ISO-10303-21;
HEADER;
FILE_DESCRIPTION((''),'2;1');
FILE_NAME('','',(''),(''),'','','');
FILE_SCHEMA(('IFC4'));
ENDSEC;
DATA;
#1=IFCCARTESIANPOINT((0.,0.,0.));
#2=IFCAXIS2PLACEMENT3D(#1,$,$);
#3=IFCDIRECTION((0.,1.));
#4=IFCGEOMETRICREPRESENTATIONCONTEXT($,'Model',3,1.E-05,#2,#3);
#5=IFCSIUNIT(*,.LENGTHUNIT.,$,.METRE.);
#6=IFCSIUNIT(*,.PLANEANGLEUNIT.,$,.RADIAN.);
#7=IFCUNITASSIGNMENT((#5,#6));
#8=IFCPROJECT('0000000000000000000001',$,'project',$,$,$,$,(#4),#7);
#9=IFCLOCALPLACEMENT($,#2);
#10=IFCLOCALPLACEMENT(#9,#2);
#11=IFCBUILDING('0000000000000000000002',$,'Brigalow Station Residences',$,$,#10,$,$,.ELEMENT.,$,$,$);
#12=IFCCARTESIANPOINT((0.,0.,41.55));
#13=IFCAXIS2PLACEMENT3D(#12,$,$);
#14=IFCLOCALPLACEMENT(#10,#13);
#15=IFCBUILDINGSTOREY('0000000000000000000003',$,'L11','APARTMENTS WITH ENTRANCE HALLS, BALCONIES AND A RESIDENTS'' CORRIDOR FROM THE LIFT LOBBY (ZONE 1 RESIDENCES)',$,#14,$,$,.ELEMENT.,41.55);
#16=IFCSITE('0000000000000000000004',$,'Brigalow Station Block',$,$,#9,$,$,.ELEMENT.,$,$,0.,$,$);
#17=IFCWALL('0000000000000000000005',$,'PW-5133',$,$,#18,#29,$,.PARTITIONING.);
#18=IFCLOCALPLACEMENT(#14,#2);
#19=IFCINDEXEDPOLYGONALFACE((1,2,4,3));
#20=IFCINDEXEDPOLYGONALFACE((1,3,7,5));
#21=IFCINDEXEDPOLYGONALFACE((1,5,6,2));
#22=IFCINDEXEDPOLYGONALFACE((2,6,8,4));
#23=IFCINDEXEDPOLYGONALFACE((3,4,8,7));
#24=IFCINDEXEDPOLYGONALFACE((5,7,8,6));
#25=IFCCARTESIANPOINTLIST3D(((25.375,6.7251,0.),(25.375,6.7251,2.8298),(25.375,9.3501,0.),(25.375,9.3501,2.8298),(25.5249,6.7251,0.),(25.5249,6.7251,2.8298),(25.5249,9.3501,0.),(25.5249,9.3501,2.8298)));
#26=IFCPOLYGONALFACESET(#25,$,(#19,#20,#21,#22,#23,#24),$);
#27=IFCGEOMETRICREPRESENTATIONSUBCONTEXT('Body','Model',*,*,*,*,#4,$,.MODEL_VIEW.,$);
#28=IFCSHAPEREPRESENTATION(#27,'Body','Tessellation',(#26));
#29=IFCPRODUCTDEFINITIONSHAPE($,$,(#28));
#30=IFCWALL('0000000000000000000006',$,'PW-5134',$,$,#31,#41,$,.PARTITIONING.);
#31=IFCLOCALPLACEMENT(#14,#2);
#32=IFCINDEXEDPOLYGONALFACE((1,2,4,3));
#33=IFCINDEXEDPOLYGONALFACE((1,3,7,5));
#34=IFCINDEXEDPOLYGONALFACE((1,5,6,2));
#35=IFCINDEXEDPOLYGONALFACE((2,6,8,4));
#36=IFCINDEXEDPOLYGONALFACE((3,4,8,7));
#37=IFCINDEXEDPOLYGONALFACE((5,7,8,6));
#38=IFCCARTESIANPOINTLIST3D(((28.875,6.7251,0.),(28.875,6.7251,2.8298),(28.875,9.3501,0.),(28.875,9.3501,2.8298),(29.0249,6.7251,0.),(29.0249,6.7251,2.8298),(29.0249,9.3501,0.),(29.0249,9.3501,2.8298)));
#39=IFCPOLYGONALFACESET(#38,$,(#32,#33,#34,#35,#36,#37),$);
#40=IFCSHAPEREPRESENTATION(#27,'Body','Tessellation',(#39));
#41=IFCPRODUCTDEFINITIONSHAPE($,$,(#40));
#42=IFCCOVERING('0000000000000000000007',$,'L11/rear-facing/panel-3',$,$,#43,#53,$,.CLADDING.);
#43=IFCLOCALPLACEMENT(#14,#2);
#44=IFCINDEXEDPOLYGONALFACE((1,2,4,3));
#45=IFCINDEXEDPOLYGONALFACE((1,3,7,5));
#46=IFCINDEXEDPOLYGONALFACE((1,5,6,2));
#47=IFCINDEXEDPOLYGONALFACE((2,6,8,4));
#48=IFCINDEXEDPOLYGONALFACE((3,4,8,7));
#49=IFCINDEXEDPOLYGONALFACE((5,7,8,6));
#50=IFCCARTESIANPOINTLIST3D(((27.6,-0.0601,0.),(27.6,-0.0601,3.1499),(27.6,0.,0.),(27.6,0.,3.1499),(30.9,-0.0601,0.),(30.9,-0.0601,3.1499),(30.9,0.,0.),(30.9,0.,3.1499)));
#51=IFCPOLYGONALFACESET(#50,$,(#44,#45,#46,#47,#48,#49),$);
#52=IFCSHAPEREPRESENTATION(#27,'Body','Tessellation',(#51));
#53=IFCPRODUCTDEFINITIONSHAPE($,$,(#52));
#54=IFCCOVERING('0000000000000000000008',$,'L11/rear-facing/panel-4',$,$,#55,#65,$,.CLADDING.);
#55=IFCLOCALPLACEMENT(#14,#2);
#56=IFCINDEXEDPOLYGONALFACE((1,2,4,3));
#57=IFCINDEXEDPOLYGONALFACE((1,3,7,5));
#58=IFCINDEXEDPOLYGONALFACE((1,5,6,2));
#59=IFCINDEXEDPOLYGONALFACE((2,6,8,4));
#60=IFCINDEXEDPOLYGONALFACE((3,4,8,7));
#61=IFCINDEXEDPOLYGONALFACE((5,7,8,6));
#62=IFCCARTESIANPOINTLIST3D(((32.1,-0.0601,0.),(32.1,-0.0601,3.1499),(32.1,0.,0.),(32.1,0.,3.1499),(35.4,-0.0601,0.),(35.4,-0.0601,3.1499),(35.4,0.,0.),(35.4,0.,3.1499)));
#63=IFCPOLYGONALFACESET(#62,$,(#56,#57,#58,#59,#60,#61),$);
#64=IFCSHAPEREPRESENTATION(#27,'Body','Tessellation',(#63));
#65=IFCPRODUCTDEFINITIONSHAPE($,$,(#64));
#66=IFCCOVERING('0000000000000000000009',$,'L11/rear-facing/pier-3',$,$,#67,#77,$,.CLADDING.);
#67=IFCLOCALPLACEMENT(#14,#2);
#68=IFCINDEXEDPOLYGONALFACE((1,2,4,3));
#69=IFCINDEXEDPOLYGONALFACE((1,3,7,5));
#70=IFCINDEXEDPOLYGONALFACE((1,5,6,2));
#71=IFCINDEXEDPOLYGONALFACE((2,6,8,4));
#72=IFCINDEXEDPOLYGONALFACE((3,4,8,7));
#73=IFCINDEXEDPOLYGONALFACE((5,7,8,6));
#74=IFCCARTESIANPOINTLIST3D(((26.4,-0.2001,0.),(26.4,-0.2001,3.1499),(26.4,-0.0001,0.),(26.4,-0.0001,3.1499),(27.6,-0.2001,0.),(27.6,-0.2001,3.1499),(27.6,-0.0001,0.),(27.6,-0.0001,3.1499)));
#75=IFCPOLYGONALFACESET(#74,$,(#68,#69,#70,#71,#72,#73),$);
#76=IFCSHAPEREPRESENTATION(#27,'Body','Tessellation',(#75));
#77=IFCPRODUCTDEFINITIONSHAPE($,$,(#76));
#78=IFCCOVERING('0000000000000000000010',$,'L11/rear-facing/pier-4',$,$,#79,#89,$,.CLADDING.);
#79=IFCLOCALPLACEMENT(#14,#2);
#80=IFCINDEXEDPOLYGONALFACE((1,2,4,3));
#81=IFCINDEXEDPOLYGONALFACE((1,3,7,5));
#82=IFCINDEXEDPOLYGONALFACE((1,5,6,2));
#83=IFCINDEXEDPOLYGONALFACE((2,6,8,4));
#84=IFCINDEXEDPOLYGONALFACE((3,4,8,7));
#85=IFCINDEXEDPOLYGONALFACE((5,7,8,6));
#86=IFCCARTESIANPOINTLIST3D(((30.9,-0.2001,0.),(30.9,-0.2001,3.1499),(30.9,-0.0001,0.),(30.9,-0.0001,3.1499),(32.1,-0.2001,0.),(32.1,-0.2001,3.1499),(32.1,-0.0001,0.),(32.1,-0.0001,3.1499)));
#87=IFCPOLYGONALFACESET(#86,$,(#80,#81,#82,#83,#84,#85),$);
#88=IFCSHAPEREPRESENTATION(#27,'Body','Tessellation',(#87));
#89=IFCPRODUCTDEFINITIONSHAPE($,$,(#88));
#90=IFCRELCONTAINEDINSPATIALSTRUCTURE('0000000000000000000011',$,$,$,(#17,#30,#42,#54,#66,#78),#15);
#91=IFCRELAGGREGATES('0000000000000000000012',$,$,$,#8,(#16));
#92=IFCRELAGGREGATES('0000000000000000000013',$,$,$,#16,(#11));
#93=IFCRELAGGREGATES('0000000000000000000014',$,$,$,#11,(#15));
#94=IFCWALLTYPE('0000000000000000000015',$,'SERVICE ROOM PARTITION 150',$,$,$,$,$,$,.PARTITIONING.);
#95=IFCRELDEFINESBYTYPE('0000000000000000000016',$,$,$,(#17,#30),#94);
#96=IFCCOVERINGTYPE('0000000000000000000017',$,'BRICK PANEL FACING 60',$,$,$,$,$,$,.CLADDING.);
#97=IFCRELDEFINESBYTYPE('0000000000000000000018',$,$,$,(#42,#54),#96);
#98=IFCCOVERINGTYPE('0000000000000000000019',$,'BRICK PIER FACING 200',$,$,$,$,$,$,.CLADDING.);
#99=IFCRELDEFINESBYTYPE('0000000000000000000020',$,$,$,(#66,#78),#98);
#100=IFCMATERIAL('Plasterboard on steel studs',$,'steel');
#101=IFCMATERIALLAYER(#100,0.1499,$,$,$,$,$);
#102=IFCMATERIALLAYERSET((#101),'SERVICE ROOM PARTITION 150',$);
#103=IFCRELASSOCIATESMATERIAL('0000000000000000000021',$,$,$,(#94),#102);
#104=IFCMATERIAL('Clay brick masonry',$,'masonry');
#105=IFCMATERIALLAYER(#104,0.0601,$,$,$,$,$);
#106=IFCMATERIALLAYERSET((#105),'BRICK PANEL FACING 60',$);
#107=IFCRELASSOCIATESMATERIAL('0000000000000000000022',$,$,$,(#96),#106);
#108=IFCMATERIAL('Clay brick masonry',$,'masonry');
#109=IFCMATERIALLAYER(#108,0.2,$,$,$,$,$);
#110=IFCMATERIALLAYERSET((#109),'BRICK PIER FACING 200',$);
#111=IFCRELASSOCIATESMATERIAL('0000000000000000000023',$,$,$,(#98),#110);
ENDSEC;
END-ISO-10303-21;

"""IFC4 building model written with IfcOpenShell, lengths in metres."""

from ifc_helpers import new_model, si_unit, direction, frame, frame_2d, origin, origin_2d, place, context, subcontext, project, spatial, rectangle, extrude, material, layer, layer_set, type_object, element, save


model = new_model("IFC4")

# Units and contexts
model_context = context("Model", 3, precision=1e-05, world=origin(), true_north=direction((0.0, 1.0)))
body_context = subcontext(model_context, "Body", "Model", "MODEL_VIEW")
ifc_project = project(units=[si_unit("LENGTHUNIT", "METRE"), si_unit("PLANEANGLEUNIT", "RADIAN")], contexts=[model_context])

# Site, building, storey
site_placement = place(None, origin())
site = spatial("IfcSite", under=ifc_project, at=site_placement, Name="Brigalow Station Block", CompositionType="ELEMENT", RefElevation=0.0)
building_placement = place(site_placement, origin())
building = spatial("IfcBuilding", under=site, at=building_placement, Name="Brigalow Station Residences", CompositionType="ELEMENT")
storey_placement = place(building_placement, frame((0.0, 0.0, 41.55)))
storey = spatial("IfcBuildingStorey", under=building, at=storey_placement, Name="L11", Description="APARTMENTS WITH ENTRANCE HALLS, BALCONIES AND A RESIDENTS' CORRIDOR FROM THE LIFT LOBBY (ZONE 1 RESIDENCES)", CompositionType="ELEMENT", Elevation=41.55)

# Shared definitions
ifc_material_1 = material(Name="Plasterboard on steel studs", Category="steel")
ifc_layer_1 = layer(ifc_material_1, 0.1499)
ifc_layer_set_1 = layer_set([ifc_layer_1], Name="SERVICE ROOM PARTITION 150")
wall_type_1 = type_object("IfcWallType", Name="SERVICE ROOM PARTITION 150", PredefinedType="PARTITIONING", material=ifc_layer_set_1)

# Walls
for number, where, z_axis, x_axis, name in (
    (1, (25.45, 6.7251, 0.0), (0.0, 0.0, 1.0), (0.0, 1.0, 0.0), "PW-5133"),
    (2, (28.95, 6.7251, 0.0), (0.0, 0.0, 1.0), (0.0, 1.0, 0.0), "PW-5134"),
):
    element("IfcWall", number, at=place(storey_placement, frame(where, z_axis=z_axis, x_axis=x_axis)), inside=storey, type_object=wall_type_1, Name=name, PredefinedType="PARTITIONING", context=body_context, shape_type="SweptSolid", body=[
        extrude(rectangle(XDim=2.625, YDim=0.1499, at=frame_2d((1.3125, 0.0))), origin(), (0.0, 0.0, 1.0), 2.8298),
    ])

# Coverings
ifc_material_2 = material(Name="Clay brick masonry", Category="masonry")
ifc_layer_2 = layer(ifc_material_2, 0.0601)
ifc_layer_set_2 = layer_set([ifc_layer_2], Name="BRICK PANEL FACING 60")
covering_type_1 = type_object("IfcCoveringType", Name="BRICK PANEL FACING 60", PredefinedType="CLADDING", material=ifc_layer_set_2)
for number, where, z_axis, x_axis, name in (
    (3, (29.25, -0.03, 0.0), (0.0, 0.0, 1.0), (1.0, 0.0, 0.0), "L11/rear-facing/panel-3"),
    (4, (33.75, -0.03, 0.0), (0.0, 0.0, 1.0), (1.0, 0.0, 0.0), "L11/rear-facing/panel-4"),
):
    element("IfcCovering", number, at=place(storey_placement, frame(where, z_axis=z_axis, x_axis=x_axis)), inside=storey, type_object=covering_type_1, Name=name, PredefinedType="CLADDING", context=body_context, shape_type="SweptSolid", body=[
        extrude(rectangle(XDim=3.3, YDim=0.0601, at=origin_2d()), origin(), (0.0, 0.0, 1.0), 3.1499),
    ])
ifc_material_3 = material(Name="Clay brick masonry", Category="masonry")
ifc_layer_3 = layer(ifc_material_3, 0.2)
ifc_layer_set_3 = layer_set([ifc_layer_3], Name="BRICK PIER FACING 200")
covering_type_2 = type_object("IfcCoveringType", Name="BRICK PIER FACING 200", PredefinedType="CLADDING", material=ifc_layer_set_3)
for number, where, z_axis, x_axis, name in (
    (5, (27.0, -0.1001, 0.0), (0.0, 0.0, 1.0), (1.0, 0.0, 0.0), "L11/rear-facing/pier-3"),
    (6, (31.5, -0.1001, 0.0), (0.0, 0.0, 1.0), (1.0, 0.0, 0.0), "L11/rear-facing/pier-4"),
):
    element("IfcCovering", number, at=place(storey_placement, frame(where, z_axis=z_axis, x_axis=x_axis)), inside=storey, type_object=covering_type_2, Name=name, PredefinedType="CLADDING", context=body_context, shape_type="SweptSolid", body=[
        extrude(rectangle(XDim=1.2, YDim=0.2, at=origin_2d()), origin(), (0.0, 0.0, 1.0), 3.1499),
    ])

save(model, "model.ifc")
